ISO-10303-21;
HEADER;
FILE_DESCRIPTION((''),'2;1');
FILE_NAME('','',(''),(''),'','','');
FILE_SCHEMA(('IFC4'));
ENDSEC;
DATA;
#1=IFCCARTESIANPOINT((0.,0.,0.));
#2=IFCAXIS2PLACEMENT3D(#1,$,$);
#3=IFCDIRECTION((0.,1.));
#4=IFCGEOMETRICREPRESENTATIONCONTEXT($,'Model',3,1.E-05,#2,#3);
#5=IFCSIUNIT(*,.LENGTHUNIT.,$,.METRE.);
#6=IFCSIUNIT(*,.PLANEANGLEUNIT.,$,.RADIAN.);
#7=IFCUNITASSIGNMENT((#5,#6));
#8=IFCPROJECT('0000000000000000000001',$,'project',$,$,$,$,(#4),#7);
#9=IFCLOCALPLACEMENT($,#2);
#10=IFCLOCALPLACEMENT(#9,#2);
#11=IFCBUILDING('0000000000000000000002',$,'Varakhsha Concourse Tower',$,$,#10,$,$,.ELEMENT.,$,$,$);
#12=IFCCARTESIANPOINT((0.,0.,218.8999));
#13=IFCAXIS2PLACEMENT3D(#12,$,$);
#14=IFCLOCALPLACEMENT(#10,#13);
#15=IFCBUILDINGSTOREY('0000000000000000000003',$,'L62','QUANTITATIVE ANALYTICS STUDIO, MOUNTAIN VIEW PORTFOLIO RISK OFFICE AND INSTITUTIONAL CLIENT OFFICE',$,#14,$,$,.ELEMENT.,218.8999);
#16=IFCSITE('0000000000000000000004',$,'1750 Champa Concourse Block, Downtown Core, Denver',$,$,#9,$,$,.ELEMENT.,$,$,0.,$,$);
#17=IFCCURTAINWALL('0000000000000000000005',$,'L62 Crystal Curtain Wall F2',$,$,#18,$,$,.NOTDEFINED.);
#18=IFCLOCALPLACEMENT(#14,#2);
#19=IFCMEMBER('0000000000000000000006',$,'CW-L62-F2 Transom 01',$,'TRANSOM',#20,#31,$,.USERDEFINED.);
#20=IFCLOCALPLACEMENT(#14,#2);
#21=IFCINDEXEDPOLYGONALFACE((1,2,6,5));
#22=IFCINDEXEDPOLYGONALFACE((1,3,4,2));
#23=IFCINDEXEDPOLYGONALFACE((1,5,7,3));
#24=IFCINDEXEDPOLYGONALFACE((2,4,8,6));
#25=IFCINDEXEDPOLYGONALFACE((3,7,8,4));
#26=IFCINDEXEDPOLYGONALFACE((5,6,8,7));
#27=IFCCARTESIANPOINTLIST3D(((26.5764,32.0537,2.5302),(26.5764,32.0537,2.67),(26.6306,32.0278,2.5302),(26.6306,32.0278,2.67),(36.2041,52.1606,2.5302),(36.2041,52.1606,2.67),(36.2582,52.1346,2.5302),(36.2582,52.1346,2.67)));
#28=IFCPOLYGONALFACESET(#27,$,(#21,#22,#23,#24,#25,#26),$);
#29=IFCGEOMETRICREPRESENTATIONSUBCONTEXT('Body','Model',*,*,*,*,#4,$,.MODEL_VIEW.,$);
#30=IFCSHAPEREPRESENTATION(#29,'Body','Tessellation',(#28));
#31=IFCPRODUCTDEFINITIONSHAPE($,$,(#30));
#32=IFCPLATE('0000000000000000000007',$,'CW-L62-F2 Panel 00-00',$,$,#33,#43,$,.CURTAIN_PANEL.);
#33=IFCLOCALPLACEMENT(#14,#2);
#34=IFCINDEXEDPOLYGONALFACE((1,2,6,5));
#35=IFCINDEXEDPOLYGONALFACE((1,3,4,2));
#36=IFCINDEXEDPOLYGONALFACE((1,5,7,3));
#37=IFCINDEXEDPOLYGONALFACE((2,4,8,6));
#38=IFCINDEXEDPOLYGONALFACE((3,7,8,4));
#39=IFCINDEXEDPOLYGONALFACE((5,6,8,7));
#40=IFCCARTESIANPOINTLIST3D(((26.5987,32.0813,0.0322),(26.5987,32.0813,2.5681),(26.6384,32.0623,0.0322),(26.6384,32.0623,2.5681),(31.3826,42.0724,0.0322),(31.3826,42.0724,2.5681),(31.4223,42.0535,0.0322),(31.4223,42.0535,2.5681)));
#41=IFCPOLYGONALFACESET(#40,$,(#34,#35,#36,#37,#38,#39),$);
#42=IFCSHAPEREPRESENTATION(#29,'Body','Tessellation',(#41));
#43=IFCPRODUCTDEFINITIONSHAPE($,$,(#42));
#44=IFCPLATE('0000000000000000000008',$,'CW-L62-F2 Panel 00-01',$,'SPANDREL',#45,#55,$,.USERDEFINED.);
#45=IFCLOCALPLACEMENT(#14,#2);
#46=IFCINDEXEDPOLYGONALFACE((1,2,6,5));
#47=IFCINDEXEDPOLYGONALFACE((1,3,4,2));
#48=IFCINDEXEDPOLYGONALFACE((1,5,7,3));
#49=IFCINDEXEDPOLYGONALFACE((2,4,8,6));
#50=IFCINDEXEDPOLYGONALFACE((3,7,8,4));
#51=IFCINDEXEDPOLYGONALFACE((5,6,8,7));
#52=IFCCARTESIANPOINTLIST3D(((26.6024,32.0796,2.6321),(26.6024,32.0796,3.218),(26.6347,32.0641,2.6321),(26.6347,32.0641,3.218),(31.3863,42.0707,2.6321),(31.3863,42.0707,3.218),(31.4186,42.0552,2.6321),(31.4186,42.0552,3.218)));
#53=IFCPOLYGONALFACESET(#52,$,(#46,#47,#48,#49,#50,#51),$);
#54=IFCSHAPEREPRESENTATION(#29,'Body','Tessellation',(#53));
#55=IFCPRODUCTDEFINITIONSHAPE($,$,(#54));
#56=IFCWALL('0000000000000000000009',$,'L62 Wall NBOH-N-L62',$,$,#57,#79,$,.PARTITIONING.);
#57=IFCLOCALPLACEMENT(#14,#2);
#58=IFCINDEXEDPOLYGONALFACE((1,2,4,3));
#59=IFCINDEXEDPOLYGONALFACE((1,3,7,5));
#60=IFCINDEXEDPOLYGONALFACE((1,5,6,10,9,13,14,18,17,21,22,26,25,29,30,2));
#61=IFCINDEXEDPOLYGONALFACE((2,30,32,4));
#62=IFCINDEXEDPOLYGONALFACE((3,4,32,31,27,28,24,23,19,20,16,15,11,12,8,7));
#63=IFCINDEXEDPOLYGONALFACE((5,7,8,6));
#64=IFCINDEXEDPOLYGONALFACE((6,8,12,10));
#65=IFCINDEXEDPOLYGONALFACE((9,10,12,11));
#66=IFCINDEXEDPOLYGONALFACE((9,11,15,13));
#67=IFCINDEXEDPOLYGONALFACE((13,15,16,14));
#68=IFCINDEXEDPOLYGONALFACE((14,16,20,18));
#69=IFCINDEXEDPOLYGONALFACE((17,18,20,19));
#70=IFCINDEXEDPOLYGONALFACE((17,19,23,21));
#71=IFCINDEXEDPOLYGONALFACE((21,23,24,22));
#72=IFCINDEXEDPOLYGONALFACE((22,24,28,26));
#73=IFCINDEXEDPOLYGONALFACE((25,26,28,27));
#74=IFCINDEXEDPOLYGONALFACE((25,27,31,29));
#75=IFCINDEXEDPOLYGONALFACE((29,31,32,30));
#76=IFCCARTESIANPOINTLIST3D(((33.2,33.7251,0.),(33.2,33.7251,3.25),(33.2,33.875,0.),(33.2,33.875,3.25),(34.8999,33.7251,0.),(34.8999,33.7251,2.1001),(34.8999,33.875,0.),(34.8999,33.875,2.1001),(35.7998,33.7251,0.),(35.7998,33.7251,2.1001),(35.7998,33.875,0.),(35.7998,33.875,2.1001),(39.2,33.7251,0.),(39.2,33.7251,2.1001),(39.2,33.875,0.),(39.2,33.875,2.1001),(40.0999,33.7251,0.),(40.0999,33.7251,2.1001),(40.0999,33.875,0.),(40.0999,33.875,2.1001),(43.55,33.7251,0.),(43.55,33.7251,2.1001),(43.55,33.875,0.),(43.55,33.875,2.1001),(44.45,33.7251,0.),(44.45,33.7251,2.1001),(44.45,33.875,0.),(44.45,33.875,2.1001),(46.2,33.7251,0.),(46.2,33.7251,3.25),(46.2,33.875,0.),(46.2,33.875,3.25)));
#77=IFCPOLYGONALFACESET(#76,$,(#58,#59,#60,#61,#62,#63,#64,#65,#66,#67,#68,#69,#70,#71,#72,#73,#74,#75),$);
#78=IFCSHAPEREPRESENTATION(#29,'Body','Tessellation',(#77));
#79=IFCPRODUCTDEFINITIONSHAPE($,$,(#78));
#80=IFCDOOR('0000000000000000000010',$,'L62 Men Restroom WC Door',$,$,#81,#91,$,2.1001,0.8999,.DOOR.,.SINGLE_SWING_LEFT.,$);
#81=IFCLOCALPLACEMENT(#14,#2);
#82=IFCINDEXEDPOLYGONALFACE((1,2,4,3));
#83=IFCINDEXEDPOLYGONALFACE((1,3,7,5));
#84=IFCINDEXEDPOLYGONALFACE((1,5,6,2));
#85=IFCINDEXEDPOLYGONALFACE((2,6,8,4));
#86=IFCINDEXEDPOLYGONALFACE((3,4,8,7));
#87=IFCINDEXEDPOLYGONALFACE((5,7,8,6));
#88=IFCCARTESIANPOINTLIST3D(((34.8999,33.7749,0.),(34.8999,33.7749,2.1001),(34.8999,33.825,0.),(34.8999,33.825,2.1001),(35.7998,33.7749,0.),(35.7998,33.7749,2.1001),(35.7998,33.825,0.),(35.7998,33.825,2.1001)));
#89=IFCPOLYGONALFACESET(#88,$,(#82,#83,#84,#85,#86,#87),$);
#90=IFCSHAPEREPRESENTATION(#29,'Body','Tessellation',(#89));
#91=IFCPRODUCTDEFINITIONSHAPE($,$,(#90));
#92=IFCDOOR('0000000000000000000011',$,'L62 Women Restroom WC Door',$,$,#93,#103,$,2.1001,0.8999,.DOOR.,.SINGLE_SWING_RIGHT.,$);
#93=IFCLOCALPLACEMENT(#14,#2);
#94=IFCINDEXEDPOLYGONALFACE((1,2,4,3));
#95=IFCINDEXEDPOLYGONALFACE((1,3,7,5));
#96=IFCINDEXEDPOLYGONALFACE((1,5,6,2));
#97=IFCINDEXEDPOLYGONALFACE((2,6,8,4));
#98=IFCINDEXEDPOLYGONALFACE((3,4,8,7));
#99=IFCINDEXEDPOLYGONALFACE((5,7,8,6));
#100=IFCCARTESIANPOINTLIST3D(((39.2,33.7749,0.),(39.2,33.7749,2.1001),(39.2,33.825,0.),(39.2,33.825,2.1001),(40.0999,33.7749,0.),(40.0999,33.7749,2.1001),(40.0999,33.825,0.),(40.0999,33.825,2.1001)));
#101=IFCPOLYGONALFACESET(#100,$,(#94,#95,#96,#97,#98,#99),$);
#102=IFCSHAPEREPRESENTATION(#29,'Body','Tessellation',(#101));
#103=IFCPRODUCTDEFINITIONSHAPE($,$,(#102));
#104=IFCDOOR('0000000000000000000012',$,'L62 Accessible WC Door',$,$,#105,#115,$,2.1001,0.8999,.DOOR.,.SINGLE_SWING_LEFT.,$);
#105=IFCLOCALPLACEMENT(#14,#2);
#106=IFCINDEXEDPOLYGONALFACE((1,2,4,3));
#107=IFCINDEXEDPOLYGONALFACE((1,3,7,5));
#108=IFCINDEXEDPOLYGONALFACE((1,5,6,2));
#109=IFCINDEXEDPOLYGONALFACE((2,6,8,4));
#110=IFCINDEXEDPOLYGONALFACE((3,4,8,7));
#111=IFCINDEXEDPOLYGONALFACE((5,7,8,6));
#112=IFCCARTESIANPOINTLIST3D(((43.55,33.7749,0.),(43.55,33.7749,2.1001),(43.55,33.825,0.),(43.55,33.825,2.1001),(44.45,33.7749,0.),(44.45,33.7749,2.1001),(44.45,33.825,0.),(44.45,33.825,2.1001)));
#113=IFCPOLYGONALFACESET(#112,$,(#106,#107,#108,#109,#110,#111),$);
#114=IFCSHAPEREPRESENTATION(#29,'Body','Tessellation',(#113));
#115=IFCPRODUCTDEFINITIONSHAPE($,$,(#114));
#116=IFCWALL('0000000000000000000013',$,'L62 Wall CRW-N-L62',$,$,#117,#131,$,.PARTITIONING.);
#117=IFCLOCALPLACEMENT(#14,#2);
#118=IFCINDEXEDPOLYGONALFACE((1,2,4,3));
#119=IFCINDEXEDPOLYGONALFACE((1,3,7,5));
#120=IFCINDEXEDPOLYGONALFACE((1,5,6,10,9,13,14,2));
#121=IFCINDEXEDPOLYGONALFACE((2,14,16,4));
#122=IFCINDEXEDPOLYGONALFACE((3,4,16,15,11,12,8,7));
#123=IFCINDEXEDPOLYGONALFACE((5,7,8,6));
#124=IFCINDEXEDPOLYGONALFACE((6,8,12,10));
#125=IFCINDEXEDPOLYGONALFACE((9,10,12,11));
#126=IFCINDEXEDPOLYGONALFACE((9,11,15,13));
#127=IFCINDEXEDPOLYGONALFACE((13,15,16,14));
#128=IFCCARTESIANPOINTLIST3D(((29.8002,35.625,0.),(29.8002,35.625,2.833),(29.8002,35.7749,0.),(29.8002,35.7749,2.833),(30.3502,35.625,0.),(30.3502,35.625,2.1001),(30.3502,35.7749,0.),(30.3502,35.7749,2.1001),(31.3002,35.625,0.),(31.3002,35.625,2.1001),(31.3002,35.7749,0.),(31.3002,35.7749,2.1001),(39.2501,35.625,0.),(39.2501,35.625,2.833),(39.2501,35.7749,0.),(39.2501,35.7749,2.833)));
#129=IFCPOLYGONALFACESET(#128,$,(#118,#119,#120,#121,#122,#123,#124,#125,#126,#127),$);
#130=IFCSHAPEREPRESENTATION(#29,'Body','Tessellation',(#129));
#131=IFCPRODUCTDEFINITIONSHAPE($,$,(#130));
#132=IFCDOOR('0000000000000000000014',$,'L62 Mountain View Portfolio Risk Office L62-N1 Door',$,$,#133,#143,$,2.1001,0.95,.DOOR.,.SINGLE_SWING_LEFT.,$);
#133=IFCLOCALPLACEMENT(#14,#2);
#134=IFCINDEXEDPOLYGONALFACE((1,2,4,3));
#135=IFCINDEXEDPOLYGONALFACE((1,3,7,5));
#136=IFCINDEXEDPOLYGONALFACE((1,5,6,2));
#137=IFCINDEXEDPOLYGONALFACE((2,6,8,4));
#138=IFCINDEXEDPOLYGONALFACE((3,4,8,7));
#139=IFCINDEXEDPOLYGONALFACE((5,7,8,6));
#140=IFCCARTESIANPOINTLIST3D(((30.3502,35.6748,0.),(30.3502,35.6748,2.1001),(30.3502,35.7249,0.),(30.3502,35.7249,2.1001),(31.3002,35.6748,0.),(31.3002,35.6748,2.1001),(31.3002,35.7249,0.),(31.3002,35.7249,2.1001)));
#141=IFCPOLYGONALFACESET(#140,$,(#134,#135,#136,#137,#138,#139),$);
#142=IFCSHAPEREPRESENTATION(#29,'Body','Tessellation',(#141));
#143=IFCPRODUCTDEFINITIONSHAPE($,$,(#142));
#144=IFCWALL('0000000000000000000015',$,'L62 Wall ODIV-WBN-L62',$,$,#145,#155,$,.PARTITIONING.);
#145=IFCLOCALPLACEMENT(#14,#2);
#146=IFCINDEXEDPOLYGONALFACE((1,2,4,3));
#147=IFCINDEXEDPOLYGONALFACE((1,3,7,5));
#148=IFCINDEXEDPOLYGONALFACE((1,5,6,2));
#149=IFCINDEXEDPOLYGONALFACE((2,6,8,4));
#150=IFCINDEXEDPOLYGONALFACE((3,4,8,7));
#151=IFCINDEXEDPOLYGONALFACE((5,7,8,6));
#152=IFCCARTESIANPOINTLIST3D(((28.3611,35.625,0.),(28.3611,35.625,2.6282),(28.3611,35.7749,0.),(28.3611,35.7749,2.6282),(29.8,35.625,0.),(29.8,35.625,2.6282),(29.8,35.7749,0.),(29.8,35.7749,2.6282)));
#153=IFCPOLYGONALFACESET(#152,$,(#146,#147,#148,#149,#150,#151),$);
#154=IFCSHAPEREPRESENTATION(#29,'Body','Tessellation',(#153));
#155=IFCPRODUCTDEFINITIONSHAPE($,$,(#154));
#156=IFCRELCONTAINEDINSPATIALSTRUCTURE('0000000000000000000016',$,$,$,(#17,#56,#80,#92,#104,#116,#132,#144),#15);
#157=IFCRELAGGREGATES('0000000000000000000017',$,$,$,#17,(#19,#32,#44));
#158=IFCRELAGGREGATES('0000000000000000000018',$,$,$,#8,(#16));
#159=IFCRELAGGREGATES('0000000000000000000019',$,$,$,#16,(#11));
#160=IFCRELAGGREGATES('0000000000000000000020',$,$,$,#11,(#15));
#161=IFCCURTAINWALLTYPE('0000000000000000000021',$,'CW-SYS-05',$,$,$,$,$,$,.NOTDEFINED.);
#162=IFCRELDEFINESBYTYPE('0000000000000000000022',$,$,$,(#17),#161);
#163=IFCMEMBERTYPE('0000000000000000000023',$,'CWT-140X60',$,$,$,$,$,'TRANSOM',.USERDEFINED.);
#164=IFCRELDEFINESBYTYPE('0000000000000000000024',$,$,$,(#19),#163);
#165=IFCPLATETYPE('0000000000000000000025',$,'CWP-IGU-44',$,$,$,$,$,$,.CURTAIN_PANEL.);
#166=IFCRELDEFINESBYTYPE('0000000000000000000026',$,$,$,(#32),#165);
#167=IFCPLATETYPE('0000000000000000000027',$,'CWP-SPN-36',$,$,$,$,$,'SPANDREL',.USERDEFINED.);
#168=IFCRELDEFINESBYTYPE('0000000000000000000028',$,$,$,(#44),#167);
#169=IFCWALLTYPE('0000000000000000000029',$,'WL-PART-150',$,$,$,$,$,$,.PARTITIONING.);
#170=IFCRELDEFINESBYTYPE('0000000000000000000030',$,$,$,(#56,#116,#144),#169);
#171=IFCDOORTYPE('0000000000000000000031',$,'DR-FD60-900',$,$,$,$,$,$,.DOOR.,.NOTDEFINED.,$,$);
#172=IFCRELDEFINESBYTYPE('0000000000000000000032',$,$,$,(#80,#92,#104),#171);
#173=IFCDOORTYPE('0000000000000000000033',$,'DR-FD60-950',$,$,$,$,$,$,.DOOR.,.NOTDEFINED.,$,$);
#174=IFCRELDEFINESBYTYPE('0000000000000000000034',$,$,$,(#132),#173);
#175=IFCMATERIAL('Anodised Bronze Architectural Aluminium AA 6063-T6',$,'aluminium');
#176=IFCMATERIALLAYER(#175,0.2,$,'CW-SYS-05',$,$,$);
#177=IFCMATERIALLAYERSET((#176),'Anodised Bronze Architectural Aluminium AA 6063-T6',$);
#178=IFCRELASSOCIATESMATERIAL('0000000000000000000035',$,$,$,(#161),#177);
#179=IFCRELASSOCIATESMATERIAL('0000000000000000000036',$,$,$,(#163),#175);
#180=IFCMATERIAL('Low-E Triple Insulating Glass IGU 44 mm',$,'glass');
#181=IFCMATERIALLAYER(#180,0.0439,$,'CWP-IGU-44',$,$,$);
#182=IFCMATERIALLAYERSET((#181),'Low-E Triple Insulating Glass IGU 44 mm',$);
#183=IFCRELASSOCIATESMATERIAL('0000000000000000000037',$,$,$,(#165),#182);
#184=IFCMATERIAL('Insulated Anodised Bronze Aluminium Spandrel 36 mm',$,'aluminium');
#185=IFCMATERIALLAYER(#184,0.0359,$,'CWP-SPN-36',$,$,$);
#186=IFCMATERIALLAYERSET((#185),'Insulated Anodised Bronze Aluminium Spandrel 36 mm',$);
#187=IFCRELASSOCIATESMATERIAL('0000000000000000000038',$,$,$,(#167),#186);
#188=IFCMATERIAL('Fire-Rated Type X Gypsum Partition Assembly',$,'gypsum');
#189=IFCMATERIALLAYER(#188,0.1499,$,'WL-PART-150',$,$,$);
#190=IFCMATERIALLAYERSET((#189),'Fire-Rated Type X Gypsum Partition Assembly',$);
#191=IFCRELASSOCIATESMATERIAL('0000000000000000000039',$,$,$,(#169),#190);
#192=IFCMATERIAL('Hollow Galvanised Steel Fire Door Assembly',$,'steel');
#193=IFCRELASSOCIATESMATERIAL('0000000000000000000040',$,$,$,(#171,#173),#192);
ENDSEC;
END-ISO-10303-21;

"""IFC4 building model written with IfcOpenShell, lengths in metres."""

from ifc_helpers import new_model, si_unit, direction, frame, frame_2d, origin, origin_2d, place, context, subcontext, project, spatial, rectangle, extrude, source, transform, mapped, material, layer, layer_set, material_profile, profile_set, type_object, type_shapes, element, fill, aggregate, save


model = new_model("IFC4")

# Units and contexts
model_context = context("Model", 3, precision=1e-05, world=origin(), true_north=direction((0.0, 1.0)))
body_context = subcontext(model_context, "Body", "Model", "MODEL_VIEW")
ifc_project = project(units=[si_unit("LENGTHUNIT", "METRE"), si_unit("PLANEANGLEUNIT", "RADIAN")], contexts=[model_context])

# Site, building, storey
site_placement = place(None, origin())
site = spatial("IfcSite", under=ifc_project, at=site_placement, Name="1750 Champa Concourse Block, Downtown Core, Denver", CompositionType="ELEMENT", RefElevation=0.0)
building_placement = place(site_placement, origin())
building = spatial("IfcBuilding", under=site, at=building_placement, Name="Varakhsha Concourse Tower", CompositionType="ELEMENT")
storey_placement = place(building_placement, frame((0.0, 0.0, 218.8999)))
storey = spatial("IfcBuildingStorey", under=building, at=storey_placement, Name="L62", Description="QUANTITATIVE ANALYTICS STUDIO, MOUNTAIN VIEW PORTFOLIO RISK OFFICE AND INSTITUTIONAL CLIENT OFFICE", CompositionType="ELEMENT", Elevation=218.8999)

# Curtain wall
ifc_material_1 = material(Name="Anodised Bronze Architectural Aluminium AA 6063-T6", Category="aluminium")
ifc_layer_1 = layer(ifc_material_1, 0.2, Name="CW-SYS-05")
ifc_layer_set_1 = layer_set([ifc_layer_1], Name="Anodised Bronze Architectural Aluminium AA 6063-T6")
curtain_wall_type = type_object("IfcCurtainWallType", Name="CW-SYS-05", PredefinedType="NOTDEFINED", material=ifc_layer_set_1)
curtain_wall_1_placement = place(storey_placement, origin())
curtain_wall_1 = element("IfcCurtainWall", 1, at=curtain_wall_1_placement, inside=storey, type_object=curtain_wall_type, Name="L62 Crystal Curtain Wall F2", PredefinedType="NOTDEFINED")

# Member
ifc_material_profile_1 = material_profile(ifc_material_1, rectangle(XDim=0.0601, YDim=0.1399, at=origin_2d()), Name="CWT-140X60")
ifc_profile_set_1 = profile_set([ifc_material_profile_1], Name="Anodised Bronze Architectural Aluminium AA 6063-T6")
member_type_1 = type_object("IfcMemberType", Name="CWT-140X60", ElementType="TRANSOM", PredefinedType="USERDEFINED", material=ifc_profile_set_1)
shared_shape_1 = source(origin(), body_context, "Body", "SweptSolid", [
    extrude(rectangle(XDim=0.0601, YDim=0.1399, at=origin_2d()), origin(), (0.0, 0.0, 1.0), 22.293),
])
type_shapes(member_type_1, [shared_shape_1])
member_1_placement = place(storey_placement, frame((26.6035, 32.0408, 2.6001), z_axis=(0.431869, 0.901936, 0.0), x_axis=(-0.901936, 0.431869, 0.0)))
member_1 = element("IfcMember", 2, at=member_1_placement, type_object=member_type_1, Name="CW-L62-F2 Transom 01", ObjectType="TRANSOM", PredefinedType="USERDEFINED", context=body_context, shape_type="MappedRepresentation", body=[
    mapped(shared_shape_1, transform((0.0, 0.0, 0.0), scale=1.0)),
])

# Plates
ifc_material_2 = material(Name="Low-E Triple Insulating Glass IGU 44 mm", Category="glass")
ifc_layer_2 = layer(ifc_material_2, 0.0439, Name="CWP-IGU-44")
ifc_layer_set_2 = layer_set([ifc_layer_2], Name="Low-E Triple Insulating Glass IGU 44 mm")
plate_type_1 = type_object("IfcPlateType", Name="CWP-IGU-44", PredefinedType="CURTAIN_PANEL", material=ifc_layer_set_2)
shared_shape_2 = source(origin(), body_context, "Body", "SweptSolid", [
    extrude(rectangle(XDim=11.0774, YDim=0.0439, at=origin_2d()), origin(), (0.0, 0.0, 1.0), 2.5359),
])
type_shapes(plate_type_1, [shared_shape_2])
plate_1_placement = place(storey_placement, frame((29.0105, 37.0674, 0.0322), z_axis=(0.0, 0.0, 1.0), x_axis=(0.431862, 0.90194, 0.0)))
plate_1 = element("IfcPlate", 3, at=plate_1_placement, type_object=plate_type_1, Name="CW-L62-F2 Panel 00-00", PredefinedType="CURTAIN_PANEL", context=body_context, shape_type="MappedRepresentation", body=[
    mapped(shared_shape_2, transform((0.0, 0.0, 0.0), scale=1.0)),
])
ifc_material_3 = material(Name="Insulated Anodised Bronze Aluminium Spandrel 36 mm", Category="aluminium")
ifc_layer_3 = layer(ifc_material_3, 0.0359, Name="CWP-SPN-36")
ifc_layer_set_3 = layer_set([ifc_layer_3], Name="Insulated Anodised Bronze Aluminium Spandrel 36 mm")
plate_type_2 = type_object("IfcPlateType", Name="CWP-SPN-36", ElementType="SPANDREL", PredefinedType="USERDEFINED", material=ifc_layer_set_3)
shared_shape_3 = source(origin(), body_context, "Body", "SweptSolid", [
    extrude(rectangle(XDim=11.0774, YDim=0.0359, at=origin_2d()), origin(), (0.0, 0.0, 1.0), 0.5859),
])
type_shapes(plate_type_2, [shared_shape_3])
plate_2_placement = place(storey_placement, frame((29.0105, 37.0674, 2.6321), z_axis=(0.0, 0.0, 1.0), x_axis=(0.431862, 0.90194, 0.0)))
plate_2 = element("IfcPlate", 4, at=plate_2_placement, type_object=plate_type_2, Name="CW-L62-F2 Panel 00-01", ObjectType="SPANDREL", PredefinedType="USERDEFINED", context=body_context, shape_type="MappedRepresentation", body=[
    mapped(shared_shape_3, transform((0.0, 0.0, 0.0), scale=1.0)),
])
aggregate(curtain_wall_1, [member_1, plate_1, plate_2])

# Wall, openings, doors
ifc_material_4 = material(Name="Fire-Rated Type X Gypsum Partition Assembly", Category="gypsum")
ifc_layer_4 = layer(ifc_material_4, 0.1499, Name="WL-PART-150")
ifc_layer_set_4 = layer_set([ifc_layer_4], Name="Fire-Rated Type X Gypsum Partition Assembly")
wall_type_1 = type_object("IfcWallType", Name="WL-PART-150", PredefinedType="PARTITIONING", material=ifc_layer_set_4)
wall_1_placement = place(storey_placement, frame((33.2, 33.8, 0.0), z_axis=(0.0, 0.0, 1.0), x_axis=(1.0, 0.0, 0.0)))
wall_1 = element("IfcWall", 5, at=wall_1_placement, inside=storey, type_object=wall_type_1, Name="L62 Wall NBOH-N-L62", PredefinedType="PARTITIONING", context=body_context, shape_type="SweptSolid", body=[
    extrude(rectangle(XDim=13.0, YDim=0.1499, at=frame_2d((6.5, 0.0))), origin(), (0.0, 0.0, 1.0), 3.25),
])
opening_1_placement = place(wall_1_placement, frame((1.7, 0.0, 0.0)))
opening_1 = element("IfcOpeningElement", 6, at=opening_1_placement, cuts=wall_1, PredefinedType="OPENING", context=body_context, shape_type="SweptSolid", body=[
    extrude(rectangle(XDim=0.8999, YDim=2.1001, at=frame_2d((0.45, 1.05))), frame((0.0, 0.085, 0.0), z_axis=(0.0, -1.0, 0.0), x_axis=(1.0, 0.0, 0.0)), (0.0, 0.0, 1.0), 0.1699),
])
opening_2_placement = place(wall_1_placement, frame((6.0, 0.0, 0.0)))
opening_2 = element("IfcOpeningElement", 7, at=opening_2_placement, cuts=wall_1, PredefinedType="OPENING", context=body_context, shape_type="SweptSolid", body=[
    extrude(rectangle(XDim=0.8999, YDim=2.1001, at=frame_2d((0.45, 1.05))), frame((0.0, 0.085, 0.0), z_axis=(0.0, -1.0, 0.0), x_axis=(1.0, 0.0, 0.0)), (0.0, 0.0, 1.0), 0.1699),
])
opening_3_placement = place(wall_1_placement, frame((10.3501, 0.0, 0.0)))
opening_3 = element("IfcOpeningElement", 8, at=opening_3_placement, cuts=wall_1, PredefinedType="OPENING", context=body_context, shape_type="SweptSolid", body=[
    extrude(rectangle(XDim=0.8999, YDim=2.1001, at=frame_2d((0.45, 1.05))), frame((0.0, 0.085, 0.0), z_axis=(0.0, -1.0, 0.0), x_axis=(1.0, 0.0, 0.0)), (0.0, 0.0, 1.0), 0.1699),
])
ifc_material_5 = material(Name="Hollow Galvanised Steel Fire Door Assembly", Category="steel")
door_type_1 = type_object("IfcDoorType", Name="DR-FD60-900", OperationType="NOTDEFINED", PredefinedType="DOOR", material=ifc_material_5)
door_1_placement = place(opening_1_placement, origin())
door_1 = element("IfcDoor", 9, at=door_1_placement, inside=storey, type_object=door_type_1, Name="L62 Men Restroom WC Door", OperationType="SINGLE_SWING_LEFT", OverallHeight=2.1001, OverallWidth=0.8999, PredefinedType="DOOR", context=body_context, shape_type="SweptSolid", body=[
    extrude(rectangle(XDim=0.8999, YDim=2.1001, at=frame_2d((0.45, 1.05))), frame((0.0, 0.0249, 0.0), z_axis=(0.0, -1.0, 0.0), x_axis=(1.0, 0.0, 0.0)), (0.0, 0.0, 1.0), 0.05),
])
fill(opening_1, door_1)
door_2_placement = place(opening_2_placement, origin())
door_2 = element("IfcDoor", 10, at=door_2_placement, inside=storey, type_object=door_type_1, Name="L62 Women Restroom WC Door", OperationType="SINGLE_SWING_RIGHT", OverallHeight=2.1001, OverallWidth=0.8999, PredefinedType="DOOR", context=body_context, shape_type="SweptSolid", body=[
    extrude(rectangle(XDim=0.8999, YDim=2.1001, at=frame_2d((0.45, 1.05))), frame((0.0, 0.0249, 0.0), z_axis=(0.0, -1.0, 0.0), x_axis=(1.0, 0.0, 0.0)), (0.0, 0.0, 1.0), 0.05),
])
fill(opening_2, door_2)
door_3_placement = place(opening_3_placement, origin())
door_3 = element("IfcDoor", 11, at=door_3_placement, inside=storey, type_object=door_type_1, Name="L62 Accessible WC Door", OperationType="SINGLE_SWING_LEFT", OverallHeight=2.1001, OverallWidth=0.8999, PredefinedType="DOOR", context=body_context, shape_type="SweptSolid", body=[
    extrude(rectangle(XDim=0.8999, YDim=2.1001, at=frame_2d((0.45, 1.05))), frame((0.0, 0.0249, 0.0), z_axis=(0.0, -1.0, 0.0), x_axis=(1.0, 0.0, 0.0)), (0.0, 0.0, 1.0), 0.05),
])
fill(opening_3, door_3)

# Wall, opening, door
wall_2_placement = place(storey_placement, frame((29.8, 35.7, 0.0), z_axis=(0.0, 0.0, 1.0), x_axis=(1.0, 0.0, 0.0)))
wall_2 = element("IfcWall", 12, at=wall_2_placement, inside=storey, type_object=wall_type_1, Name="L62 Wall CRW-N-L62", PredefinedType="PARTITIONING", context=body_context, shape_type="SweptSolid", body=[
    extrude(rectangle(XDim=9.45, YDim=0.1499, at=frame_2d((4.7251, 0.0))), origin(), (0.0, 0.0, 1.0), 2.833),
])
opening_4_placement = place(wall_2_placement, frame((0.55, 0.0, 0.0)))
opening_4 = element("IfcOpeningElement", 13, at=opening_4_placement, cuts=wall_2, PredefinedType="OPENING", context=body_context, shape_type="SweptSolid", body=[
    extrude(rectangle(XDim=0.95, YDim=2.1001, at=frame_2d((0.4751, 1.05))), frame((0.0, 0.085, 0.0), z_axis=(0.0, -1.0, 0.0), x_axis=(1.0, 0.0, 0.0)), (0.0, 0.0, 1.0), 0.1699),
])
door_type_2 = type_object("IfcDoorType", Name="DR-FD60-950", OperationType="NOTDEFINED", PredefinedType="DOOR", material=ifc_material_5)
door_4_placement = place(opening_4_placement, origin())
door_4 = element("IfcDoor", 14, at=door_4_placement, inside=storey, type_object=door_type_2, Name="L62 Mountain View Portfolio Risk Office L62-N1 Door", OperationType="SINGLE_SWING_LEFT", OverallHeight=2.1001, OverallWidth=0.95, PredefinedType="DOOR", context=body_context, shape_type="SweptSolid", body=[
    extrude(rectangle(XDim=0.95, YDim=2.1001, at=frame_2d((0.4751, 1.05))), frame((0.0, 0.0249, 0.0), z_axis=(0.0, -1.0, 0.0), x_axis=(1.0, 0.0, 0.0)), (0.0, 0.0, 1.0), 0.05),
])
fill(opening_4, door_4)

# Wall
wall_3_placement = place(storey_placement, frame((28.3611, 35.7, 0.0), z_axis=(0.0, 0.0, 1.0), x_axis=(1.0, 0.0, 0.0)))
element("IfcWall", 15, at=wall_3_placement, inside=storey, type_object=wall_type_1, Name="L62 Wall ODIV-WBN-L62", PredefinedType="PARTITIONING", context=body_context, shape_type="SweptSolid", body=[
    extrude(rectangle(XDim=1.439, YDim=0.1499, at=frame_2d((0.7195, 0.0))), origin(), (0.0, 0.0, 1.0), 2.6282),
])

save(model, "model.ifc")
